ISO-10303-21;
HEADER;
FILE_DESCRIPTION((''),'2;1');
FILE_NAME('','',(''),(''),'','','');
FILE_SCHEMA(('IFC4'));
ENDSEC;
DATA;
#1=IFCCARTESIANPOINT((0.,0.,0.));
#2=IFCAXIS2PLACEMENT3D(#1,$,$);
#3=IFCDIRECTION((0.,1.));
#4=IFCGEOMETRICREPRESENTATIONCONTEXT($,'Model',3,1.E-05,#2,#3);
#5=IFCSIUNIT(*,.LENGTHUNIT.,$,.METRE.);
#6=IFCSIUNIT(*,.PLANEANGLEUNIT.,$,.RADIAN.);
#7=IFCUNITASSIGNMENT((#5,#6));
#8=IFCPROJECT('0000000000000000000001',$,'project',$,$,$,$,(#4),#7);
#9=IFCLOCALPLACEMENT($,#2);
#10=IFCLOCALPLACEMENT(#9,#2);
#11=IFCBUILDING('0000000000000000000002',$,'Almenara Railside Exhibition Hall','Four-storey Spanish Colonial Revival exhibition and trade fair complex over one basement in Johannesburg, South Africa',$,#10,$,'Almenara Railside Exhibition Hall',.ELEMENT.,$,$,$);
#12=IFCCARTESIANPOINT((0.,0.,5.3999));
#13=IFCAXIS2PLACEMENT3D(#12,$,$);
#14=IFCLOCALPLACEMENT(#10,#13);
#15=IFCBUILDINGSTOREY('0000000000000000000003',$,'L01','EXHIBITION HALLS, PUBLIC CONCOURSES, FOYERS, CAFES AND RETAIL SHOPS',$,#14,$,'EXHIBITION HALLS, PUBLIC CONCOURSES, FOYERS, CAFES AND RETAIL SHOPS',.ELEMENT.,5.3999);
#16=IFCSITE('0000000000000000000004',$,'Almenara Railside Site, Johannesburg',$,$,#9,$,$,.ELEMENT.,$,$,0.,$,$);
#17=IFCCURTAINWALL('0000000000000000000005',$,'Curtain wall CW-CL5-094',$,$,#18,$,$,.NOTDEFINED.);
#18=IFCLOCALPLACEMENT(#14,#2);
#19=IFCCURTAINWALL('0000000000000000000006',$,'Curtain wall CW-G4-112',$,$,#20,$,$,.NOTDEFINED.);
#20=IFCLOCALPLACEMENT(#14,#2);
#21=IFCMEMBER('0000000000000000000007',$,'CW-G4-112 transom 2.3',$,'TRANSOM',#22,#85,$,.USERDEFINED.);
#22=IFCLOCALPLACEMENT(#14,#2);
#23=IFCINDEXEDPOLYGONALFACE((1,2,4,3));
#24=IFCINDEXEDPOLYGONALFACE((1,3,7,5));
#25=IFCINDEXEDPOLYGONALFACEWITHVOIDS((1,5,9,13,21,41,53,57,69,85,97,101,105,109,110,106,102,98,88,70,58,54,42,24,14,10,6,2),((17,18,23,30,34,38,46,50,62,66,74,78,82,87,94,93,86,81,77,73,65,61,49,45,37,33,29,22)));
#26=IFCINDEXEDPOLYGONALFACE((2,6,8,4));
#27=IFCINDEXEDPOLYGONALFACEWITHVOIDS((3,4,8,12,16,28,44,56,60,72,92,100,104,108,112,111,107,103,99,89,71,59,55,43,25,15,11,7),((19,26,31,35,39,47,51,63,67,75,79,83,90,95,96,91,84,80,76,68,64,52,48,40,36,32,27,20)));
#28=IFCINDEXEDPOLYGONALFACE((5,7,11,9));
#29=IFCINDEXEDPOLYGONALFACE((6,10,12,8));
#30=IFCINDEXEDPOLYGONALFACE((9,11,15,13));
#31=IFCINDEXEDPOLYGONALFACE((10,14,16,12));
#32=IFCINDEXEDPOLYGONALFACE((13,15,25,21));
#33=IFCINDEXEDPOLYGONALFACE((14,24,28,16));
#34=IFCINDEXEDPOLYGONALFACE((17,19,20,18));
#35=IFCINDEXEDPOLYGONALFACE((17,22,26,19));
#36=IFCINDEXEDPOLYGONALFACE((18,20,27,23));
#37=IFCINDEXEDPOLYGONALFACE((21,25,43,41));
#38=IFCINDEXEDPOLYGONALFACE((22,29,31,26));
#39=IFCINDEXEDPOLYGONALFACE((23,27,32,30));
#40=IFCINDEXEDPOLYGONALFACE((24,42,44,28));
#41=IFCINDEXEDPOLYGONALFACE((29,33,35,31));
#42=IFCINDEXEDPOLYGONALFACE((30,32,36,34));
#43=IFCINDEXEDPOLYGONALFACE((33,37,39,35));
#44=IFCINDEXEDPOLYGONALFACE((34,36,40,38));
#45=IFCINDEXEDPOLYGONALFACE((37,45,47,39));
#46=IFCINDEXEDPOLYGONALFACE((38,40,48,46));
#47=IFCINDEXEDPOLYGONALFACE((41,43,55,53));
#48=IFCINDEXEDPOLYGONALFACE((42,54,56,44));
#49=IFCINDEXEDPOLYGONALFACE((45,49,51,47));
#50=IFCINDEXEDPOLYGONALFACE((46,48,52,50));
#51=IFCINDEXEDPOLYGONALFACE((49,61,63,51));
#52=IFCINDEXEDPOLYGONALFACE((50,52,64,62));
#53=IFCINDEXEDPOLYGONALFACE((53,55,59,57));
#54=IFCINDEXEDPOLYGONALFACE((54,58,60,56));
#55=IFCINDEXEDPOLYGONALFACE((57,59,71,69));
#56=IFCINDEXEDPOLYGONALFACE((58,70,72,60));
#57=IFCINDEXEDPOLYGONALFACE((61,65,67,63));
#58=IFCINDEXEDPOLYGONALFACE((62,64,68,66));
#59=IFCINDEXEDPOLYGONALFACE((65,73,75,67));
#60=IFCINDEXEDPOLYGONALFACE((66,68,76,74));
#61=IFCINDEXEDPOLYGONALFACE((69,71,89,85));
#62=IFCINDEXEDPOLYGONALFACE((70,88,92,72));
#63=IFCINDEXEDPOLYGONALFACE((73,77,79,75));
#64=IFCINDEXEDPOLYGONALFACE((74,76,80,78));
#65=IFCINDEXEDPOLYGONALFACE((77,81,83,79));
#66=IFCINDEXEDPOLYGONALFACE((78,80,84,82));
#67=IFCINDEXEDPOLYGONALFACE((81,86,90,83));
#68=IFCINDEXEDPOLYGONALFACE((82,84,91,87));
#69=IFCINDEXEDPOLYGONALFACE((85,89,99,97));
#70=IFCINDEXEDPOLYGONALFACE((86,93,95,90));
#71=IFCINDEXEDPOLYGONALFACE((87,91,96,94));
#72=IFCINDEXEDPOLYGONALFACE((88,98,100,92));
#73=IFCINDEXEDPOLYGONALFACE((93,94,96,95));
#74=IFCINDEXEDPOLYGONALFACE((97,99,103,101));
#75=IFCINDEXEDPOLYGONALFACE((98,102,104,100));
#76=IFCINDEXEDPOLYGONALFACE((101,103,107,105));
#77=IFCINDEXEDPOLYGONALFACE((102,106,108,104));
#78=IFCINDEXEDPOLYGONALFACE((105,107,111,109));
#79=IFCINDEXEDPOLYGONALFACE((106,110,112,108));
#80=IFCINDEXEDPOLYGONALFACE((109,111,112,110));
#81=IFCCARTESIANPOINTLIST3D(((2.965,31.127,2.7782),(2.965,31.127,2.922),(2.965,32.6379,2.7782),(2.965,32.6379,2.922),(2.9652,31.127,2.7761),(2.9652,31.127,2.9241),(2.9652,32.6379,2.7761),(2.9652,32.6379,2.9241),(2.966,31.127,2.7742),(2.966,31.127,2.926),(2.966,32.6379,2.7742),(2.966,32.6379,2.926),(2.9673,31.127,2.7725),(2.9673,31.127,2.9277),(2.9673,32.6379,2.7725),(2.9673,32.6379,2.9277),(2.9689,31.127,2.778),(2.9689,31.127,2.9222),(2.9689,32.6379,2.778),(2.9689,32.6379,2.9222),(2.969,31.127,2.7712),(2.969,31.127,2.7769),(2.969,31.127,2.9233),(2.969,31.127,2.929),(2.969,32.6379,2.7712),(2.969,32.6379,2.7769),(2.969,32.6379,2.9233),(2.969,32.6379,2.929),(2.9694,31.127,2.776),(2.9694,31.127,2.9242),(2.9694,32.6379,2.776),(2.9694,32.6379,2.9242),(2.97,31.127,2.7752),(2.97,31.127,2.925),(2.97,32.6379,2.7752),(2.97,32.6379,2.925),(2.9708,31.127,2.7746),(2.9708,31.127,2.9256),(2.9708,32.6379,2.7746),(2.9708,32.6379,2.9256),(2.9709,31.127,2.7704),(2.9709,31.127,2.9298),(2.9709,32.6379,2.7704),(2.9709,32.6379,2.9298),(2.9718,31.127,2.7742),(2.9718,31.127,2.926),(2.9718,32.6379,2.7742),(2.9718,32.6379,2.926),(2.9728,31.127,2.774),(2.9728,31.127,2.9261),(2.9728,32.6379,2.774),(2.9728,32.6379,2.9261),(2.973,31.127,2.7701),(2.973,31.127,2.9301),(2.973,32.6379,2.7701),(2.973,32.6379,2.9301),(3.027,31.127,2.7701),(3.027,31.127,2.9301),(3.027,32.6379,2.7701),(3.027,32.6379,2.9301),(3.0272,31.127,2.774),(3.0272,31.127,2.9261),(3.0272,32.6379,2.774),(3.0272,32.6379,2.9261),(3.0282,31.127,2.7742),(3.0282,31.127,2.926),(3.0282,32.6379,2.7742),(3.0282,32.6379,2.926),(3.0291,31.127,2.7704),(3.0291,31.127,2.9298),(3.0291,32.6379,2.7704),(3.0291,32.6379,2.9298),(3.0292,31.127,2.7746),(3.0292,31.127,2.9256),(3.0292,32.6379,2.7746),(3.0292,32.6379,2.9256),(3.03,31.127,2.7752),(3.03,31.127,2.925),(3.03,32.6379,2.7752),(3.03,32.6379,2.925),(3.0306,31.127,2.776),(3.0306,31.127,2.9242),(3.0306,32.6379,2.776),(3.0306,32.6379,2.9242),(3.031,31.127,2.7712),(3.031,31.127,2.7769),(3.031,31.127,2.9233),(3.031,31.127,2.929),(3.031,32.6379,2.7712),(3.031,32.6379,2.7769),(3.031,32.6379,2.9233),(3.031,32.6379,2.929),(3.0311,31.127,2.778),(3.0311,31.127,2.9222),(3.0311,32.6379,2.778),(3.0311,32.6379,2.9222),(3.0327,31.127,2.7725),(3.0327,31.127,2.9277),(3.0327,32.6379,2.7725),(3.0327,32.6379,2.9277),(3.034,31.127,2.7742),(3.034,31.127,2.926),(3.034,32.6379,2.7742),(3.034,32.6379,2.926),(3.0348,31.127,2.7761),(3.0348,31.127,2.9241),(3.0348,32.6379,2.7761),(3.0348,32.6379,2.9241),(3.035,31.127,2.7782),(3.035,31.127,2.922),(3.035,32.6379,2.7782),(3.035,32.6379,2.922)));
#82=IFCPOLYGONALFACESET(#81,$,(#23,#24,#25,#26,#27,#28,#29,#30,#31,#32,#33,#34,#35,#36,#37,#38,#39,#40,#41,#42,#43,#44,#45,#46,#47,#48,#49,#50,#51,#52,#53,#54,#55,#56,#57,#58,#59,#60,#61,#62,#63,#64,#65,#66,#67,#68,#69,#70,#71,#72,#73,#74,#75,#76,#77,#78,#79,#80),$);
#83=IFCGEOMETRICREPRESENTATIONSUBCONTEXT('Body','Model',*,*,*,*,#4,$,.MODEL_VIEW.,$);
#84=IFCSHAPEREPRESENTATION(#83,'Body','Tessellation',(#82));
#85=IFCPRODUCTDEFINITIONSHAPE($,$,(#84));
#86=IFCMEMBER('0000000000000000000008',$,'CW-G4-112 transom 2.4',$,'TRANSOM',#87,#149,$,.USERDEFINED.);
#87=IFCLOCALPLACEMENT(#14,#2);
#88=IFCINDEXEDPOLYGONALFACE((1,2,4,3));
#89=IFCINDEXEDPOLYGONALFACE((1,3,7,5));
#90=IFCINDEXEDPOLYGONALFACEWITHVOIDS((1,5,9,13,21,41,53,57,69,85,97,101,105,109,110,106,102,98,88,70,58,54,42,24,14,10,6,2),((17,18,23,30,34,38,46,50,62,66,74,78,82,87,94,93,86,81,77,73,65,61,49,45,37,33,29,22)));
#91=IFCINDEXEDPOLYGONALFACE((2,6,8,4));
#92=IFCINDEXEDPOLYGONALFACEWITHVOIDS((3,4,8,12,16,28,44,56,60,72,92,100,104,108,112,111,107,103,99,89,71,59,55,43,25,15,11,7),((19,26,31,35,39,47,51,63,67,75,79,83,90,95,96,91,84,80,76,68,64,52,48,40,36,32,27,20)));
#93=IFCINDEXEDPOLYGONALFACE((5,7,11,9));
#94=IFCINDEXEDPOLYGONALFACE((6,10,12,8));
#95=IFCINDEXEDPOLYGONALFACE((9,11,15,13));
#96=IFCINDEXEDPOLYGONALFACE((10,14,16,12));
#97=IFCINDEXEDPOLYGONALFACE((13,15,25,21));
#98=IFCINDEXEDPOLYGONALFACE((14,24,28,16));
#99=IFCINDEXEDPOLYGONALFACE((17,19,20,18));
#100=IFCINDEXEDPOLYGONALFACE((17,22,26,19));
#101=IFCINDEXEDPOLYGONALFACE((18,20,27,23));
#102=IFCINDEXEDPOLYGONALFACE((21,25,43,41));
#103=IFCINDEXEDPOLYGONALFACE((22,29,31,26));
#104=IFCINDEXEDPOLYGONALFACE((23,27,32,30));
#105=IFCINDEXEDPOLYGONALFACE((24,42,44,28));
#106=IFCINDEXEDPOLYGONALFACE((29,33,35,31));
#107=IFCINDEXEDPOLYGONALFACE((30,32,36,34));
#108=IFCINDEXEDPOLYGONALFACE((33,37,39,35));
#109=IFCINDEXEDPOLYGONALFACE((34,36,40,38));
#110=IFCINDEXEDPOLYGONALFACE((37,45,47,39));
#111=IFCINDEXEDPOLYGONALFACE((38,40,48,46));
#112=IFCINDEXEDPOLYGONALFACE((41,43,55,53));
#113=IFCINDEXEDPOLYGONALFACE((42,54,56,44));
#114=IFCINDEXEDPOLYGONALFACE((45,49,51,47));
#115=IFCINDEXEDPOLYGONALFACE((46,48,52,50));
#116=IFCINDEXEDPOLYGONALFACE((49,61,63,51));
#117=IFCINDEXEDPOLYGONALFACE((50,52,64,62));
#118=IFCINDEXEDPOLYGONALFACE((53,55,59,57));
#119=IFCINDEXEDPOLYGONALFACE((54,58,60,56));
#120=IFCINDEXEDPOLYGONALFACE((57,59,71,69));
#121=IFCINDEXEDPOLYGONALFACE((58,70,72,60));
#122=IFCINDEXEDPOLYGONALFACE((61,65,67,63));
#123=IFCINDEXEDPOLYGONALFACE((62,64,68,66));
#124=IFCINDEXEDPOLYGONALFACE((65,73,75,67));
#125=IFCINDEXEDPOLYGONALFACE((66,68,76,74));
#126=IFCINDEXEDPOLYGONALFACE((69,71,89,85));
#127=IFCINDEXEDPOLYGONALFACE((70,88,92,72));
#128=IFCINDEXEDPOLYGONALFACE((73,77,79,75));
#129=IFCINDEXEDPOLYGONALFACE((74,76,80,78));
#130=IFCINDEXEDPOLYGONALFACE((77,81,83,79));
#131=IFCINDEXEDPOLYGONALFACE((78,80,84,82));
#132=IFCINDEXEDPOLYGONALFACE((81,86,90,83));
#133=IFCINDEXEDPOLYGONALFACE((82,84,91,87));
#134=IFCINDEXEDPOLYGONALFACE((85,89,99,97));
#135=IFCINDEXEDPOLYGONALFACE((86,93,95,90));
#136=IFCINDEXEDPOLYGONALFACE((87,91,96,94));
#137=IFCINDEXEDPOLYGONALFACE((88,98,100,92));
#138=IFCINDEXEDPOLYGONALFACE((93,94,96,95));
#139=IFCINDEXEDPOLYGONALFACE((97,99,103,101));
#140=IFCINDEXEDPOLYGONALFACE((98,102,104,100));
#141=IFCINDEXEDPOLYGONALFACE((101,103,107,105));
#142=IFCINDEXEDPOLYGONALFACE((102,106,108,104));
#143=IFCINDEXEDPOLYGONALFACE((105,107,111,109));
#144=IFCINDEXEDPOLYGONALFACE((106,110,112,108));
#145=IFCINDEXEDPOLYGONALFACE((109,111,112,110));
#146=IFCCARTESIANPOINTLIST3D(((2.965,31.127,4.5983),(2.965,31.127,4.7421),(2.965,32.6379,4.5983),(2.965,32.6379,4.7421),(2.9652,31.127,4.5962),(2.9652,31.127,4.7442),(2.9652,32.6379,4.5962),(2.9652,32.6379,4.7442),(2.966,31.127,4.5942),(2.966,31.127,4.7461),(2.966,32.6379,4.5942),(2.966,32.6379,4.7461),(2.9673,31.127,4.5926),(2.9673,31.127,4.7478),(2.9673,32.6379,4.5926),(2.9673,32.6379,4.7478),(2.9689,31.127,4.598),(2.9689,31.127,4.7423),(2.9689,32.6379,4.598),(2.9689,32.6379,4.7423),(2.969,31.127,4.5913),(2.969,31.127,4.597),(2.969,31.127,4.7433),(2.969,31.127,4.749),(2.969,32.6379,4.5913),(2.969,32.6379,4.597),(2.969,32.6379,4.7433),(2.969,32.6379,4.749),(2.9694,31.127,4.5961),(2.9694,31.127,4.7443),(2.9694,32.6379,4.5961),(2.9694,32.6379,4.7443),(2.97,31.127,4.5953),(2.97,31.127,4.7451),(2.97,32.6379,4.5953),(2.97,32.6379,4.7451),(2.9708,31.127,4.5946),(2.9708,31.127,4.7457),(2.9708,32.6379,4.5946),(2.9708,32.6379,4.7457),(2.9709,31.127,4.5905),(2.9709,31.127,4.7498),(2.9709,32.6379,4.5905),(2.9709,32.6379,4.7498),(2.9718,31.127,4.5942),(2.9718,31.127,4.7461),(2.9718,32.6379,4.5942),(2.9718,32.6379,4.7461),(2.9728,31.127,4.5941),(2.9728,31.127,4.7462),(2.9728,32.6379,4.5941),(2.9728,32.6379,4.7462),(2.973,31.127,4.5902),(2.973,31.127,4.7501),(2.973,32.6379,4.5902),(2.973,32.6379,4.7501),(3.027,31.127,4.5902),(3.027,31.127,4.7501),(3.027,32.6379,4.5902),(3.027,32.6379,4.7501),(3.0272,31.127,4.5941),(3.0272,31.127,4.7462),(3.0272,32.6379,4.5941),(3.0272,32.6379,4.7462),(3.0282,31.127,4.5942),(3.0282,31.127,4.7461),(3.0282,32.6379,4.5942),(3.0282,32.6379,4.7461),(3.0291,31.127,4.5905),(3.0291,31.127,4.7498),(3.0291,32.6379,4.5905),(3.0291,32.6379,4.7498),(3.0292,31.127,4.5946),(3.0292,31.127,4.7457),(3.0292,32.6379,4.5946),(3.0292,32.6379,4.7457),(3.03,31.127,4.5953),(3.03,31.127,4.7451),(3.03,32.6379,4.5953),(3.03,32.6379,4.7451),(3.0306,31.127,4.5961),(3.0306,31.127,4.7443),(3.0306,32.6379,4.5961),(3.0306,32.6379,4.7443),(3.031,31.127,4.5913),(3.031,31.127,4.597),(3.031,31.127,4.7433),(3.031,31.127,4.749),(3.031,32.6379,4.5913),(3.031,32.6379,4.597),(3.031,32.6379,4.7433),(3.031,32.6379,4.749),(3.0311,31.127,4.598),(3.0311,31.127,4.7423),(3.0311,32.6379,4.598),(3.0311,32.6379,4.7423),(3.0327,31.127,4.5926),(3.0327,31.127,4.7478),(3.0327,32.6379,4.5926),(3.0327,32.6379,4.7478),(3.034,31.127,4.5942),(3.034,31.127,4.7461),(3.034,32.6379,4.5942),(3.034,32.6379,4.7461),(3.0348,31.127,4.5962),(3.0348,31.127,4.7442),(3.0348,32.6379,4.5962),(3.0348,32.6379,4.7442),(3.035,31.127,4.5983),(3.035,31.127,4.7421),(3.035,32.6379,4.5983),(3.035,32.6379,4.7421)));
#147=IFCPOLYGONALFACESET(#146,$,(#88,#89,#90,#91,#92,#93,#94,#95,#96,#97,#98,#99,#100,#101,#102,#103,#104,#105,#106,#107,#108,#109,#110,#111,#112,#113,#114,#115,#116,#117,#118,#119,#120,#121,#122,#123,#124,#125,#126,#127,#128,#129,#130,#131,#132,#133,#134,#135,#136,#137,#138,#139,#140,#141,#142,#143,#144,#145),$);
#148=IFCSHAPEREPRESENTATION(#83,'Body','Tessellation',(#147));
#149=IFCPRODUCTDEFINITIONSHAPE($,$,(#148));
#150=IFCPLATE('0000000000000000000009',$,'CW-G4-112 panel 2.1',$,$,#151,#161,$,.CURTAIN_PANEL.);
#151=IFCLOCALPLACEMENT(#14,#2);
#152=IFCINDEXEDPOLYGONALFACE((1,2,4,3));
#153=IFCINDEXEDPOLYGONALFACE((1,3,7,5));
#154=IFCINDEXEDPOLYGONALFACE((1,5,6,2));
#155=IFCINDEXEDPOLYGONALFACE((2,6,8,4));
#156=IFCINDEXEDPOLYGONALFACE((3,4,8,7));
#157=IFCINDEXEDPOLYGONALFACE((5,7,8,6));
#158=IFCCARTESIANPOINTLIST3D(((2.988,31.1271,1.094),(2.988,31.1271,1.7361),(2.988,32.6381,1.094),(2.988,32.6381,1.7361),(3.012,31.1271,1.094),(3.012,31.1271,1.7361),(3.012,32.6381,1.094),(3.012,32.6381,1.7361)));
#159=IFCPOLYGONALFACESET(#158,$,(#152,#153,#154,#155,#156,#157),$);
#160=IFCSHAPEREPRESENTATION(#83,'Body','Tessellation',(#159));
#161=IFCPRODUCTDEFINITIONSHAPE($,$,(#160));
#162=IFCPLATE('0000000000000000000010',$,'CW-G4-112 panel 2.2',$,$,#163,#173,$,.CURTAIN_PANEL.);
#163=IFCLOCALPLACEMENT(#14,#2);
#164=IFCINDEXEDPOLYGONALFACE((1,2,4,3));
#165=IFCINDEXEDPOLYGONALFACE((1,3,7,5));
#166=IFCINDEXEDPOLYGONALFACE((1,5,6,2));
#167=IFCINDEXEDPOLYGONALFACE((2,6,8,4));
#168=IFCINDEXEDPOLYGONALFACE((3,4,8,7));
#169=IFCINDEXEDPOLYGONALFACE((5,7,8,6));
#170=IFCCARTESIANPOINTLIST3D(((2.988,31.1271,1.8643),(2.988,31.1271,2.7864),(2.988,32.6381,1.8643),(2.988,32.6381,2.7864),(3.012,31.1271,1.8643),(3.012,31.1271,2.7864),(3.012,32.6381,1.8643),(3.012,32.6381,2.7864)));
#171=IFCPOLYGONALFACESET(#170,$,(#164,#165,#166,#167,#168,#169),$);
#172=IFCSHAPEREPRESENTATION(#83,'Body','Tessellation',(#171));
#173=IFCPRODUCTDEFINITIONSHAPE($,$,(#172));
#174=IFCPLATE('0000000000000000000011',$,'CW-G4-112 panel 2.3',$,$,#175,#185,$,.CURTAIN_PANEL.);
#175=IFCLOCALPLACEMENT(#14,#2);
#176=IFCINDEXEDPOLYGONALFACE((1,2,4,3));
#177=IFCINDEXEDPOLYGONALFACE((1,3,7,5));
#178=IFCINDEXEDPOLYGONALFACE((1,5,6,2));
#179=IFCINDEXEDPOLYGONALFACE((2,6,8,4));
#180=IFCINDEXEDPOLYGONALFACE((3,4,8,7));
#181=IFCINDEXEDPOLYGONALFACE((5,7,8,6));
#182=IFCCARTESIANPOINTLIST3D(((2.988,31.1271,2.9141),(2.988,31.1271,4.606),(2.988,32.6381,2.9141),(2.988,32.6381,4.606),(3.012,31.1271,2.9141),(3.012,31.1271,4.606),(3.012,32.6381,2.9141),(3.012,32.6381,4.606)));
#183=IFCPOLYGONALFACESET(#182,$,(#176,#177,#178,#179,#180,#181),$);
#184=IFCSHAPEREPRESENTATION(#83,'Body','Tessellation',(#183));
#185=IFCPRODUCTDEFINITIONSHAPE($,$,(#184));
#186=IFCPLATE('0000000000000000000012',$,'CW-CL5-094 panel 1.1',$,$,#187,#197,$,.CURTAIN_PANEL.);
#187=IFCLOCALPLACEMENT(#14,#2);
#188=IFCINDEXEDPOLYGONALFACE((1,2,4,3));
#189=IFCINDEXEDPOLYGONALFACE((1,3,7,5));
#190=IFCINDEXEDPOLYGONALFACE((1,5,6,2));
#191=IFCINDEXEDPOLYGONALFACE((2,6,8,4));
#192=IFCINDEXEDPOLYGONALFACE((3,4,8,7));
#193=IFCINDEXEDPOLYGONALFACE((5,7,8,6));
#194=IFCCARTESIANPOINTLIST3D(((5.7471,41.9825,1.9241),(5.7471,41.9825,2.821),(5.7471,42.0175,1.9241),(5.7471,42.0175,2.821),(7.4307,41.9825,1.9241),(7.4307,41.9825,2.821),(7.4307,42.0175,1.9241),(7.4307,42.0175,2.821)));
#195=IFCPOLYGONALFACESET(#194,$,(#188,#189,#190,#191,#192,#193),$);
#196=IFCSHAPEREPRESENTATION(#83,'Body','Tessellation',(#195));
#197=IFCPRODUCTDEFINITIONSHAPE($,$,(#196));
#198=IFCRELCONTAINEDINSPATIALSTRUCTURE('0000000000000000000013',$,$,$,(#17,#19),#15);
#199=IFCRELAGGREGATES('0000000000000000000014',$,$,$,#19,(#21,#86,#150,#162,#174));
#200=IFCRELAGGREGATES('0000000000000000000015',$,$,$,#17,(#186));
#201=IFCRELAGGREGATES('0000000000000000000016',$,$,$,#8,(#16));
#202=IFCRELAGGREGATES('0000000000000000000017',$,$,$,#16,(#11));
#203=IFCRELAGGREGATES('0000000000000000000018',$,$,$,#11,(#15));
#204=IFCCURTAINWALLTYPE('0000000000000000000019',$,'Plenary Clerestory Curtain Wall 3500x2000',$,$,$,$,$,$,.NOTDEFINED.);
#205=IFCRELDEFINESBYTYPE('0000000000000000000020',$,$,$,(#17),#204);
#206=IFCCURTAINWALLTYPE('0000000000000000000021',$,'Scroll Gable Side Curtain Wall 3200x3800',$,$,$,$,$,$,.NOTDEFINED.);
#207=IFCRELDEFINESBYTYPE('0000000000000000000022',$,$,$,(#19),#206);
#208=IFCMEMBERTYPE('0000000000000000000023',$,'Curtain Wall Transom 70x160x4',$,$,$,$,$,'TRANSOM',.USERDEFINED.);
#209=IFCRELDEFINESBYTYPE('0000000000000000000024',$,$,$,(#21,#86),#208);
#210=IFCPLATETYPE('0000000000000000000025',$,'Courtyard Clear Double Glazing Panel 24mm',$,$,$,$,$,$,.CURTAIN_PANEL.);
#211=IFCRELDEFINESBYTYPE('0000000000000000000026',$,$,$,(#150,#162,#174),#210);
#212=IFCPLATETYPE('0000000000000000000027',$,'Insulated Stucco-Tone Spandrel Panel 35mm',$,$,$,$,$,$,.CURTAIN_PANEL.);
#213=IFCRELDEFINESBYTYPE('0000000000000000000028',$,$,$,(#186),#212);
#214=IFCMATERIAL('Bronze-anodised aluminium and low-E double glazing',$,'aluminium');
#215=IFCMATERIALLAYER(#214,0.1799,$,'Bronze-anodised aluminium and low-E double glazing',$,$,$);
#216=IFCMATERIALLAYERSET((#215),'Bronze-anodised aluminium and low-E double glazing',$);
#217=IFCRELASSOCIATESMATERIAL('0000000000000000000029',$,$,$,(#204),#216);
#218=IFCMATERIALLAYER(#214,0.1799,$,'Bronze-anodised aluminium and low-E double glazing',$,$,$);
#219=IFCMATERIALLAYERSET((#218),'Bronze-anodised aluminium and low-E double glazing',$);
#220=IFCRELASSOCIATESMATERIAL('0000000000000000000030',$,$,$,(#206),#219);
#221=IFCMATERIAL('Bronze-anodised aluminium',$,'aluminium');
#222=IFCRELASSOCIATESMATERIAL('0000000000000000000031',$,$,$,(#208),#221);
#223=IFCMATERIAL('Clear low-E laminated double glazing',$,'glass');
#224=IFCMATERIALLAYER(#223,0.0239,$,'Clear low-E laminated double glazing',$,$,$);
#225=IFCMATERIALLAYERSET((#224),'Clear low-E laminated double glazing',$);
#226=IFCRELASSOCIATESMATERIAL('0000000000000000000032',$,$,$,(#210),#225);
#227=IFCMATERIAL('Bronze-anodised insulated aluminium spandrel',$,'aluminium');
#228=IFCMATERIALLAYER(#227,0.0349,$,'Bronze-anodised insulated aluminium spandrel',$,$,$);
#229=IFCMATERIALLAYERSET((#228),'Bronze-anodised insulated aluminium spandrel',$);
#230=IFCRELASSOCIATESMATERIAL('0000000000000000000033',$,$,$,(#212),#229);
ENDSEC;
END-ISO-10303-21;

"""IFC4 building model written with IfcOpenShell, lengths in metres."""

from ifc_helpers import new_model, si_unit, direction, frame, origin, origin_2d, place, context, subcontext, project, spatial, rectangle, hollow_rectangle, extrude, material, layer, layer_set, material_profile, profile_set, type_object, element, aggregate, save


model = new_model("IFC4")

# Units and contexts
model_context = context("Model", 3, precision=1e-05, world=origin(), true_north=direction((0.0, 1.0)))
body_context = subcontext(model_context, "Body", "Model", "MODEL_VIEW")
ifc_project = project(units=[si_unit("LENGTHUNIT", "METRE"), si_unit("PLANEANGLEUNIT", "RADIAN")], contexts=[model_context])

# Site, building, storey
site_placement = place(None, origin())
site = spatial("IfcSite", under=ifc_project, at=site_placement, Name="Almenara Railside Site, Johannesburg", CompositionType="ELEMENT", RefElevation=0.0)
building_placement = place(site_placement, origin())
building = spatial("IfcBuilding", under=site, at=building_placement, Name="Almenara Railside Exhibition Hall", Description="Four-storey Spanish Colonial Revival exhibition and trade fair complex over one basement in Johannesburg, South Africa", LongName="Almenara Railside Exhibition Hall", CompositionType="ELEMENT")
storey_placement = place(building_placement, frame((0.0, 0.0, 5.3999)))
storey = spatial("IfcBuildingStorey", under=building, at=storey_placement, Name="L01", Description="EXHIBITION HALLS, PUBLIC CONCOURSES, FOYERS, CAFES AND RETAIL SHOPS", LongName="EXHIBITION HALLS, PUBLIC CONCOURSES, FOYERS, CAFES AND RETAIL SHOPS", CompositionType="ELEMENT", Elevation=5.3999)

# Curtain wall
ifc_material_1 = material(Name="Bronze-anodised aluminium and low-E double glazing", Category="aluminium")
ifc_layer_1 = layer(ifc_material_1, 0.1799, Name="Bronze-anodised aluminium and low-E double glazing")
ifc_layer_set_1 = layer_set([ifc_layer_1], Name="Bronze-anodised aluminium and low-E double glazing")
curtain_wall_type_1 = type_object("IfcCurtainWallType", Name="Plenary Clerestory Curtain Wall 3500x2000", PredefinedType="NOTDEFINED", material=ifc_layer_set_1)
curtain_wall_1_placement = place(storey_placement, origin())
curtain_wall_1 = element("IfcCurtainWall", 1, at=curtain_wall_1_placement, inside=storey, type_object=curtain_wall_type_1, Name="Curtain wall CW-CL5-094", PredefinedType="NOTDEFINED")
ifc_material_2 = material(Name="Bronze-anodised aluminium", Category="aluminium")

# Curtain wall
ifc_layer_2 = layer(ifc_material_1, 0.1799, Name="Bronze-anodised aluminium and low-E double glazing")
ifc_layer_set_2 = layer_set([ifc_layer_2], Name="Bronze-anodised aluminium and low-E double glazing")
curtain_wall_type_2 = type_object("IfcCurtainWallType", Name="Scroll Gable Side Curtain Wall 3200x3800", PredefinedType="NOTDEFINED", material=ifc_layer_set_2)
curtain_wall_2_placement = place(storey_placement, origin())
curtain_wall_2 = element("IfcCurtainWall", 2, at=curtain_wall_2_placement, inside=storey, type_object=curtain_wall_type_2, Name="Curtain wall CW-G4-112", PredefinedType="NOTDEFINED")

# Members
ifc_material_profile_1 = material_profile(ifc_material_2, hollow_rectangle(XDim=0.0701, YDim=0.1599, WallThickness=0.0039, InnerFilletRadius=0.0039, OuterFilletRadius=0.0081, at=origin_2d()), Name="ALU-TRN 70x160x4")
ifc_profile_set_1 = profile_set([ifc_material_profile_1], Name="Bronze-anodised aluminium")
member_type_1 = type_object("IfcMemberType", Name="Curtain Wall Transom 70x160x4", ElementType="TRANSOM", PredefinedType="USERDEFINED", material=ifc_profile_set_1)
member_1_placement = place(storey_placement, frame((3.0, 31.127, 2.8501), z_axis=(0.0, 1.0, 0.0), x_axis=(-1.0, 0.0, 0.0)))
member_1 = element("IfcMember", 3, at=member_1_placement, type_object=member_type_1, Name="CW-G4-112 transom 2.3", ObjectType="TRANSOM", PredefinedType="USERDEFINED", context=body_context, shape_type="SweptSolid", body=[
    extrude(hollow_rectangle(XDim=0.0701, YDim=0.1599, WallThickness=0.0039, InnerFilletRadius=0.0039, OuterFilletRadius=0.0081, at=origin_2d()), origin(), (0.0, 0.0, 1.0), 1.511),
])
member_2_placement = place(storey_placement, frame((3.0, 31.127, 4.6702), z_axis=(0.0, 1.0, 0.0), x_axis=(-1.0, 0.0, 0.0)))
member_2 = element("IfcMember", 4, at=member_2_placement, type_object=member_type_1, Name="CW-G4-112 transom 2.4", ObjectType="TRANSOM", PredefinedType="USERDEFINED", context=body_context, shape_type="SweptSolid", body=[
    extrude(hollow_rectangle(XDim=0.0701, YDim=0.1599, WallThickness=0.0039, InnerFilletRadius=0.0039, OuterFilletRadius=0.0081, at=origin_2d()), origin(), (0.0, 0.0, 1.0), 1.511),
])

# Plates
ifc_material_3 = material(Name="Clear low-E laminated double glazing", Category="glass")
ifc_layer_3 = layer(ifc_material_3, 0.0239, Name="Clear low-E laminated double glazing")
ifc_layer_set_3 = layer_set([ifc_layer_3], Name="Clear low-E laminated double glazing")
plate_type_1 = type_object("IfcPlateType", Name="Courtyard Clear Double Glazing Panel 24mm", PredefinedType="CURTAIN_PANEL", material=ifc_layer_set_3)
plate_1_placement = place(storey_placement, frame((3.0, 31.8826, 1.094), z_axis=(0.0, 0.0, 1.0), x_axis=(0.0, 1.0, 0.0)))
plate_1 = element("IfcPlate", 5, at=plate_1_placement, type_object=plate_type_1, Name="CW-G4-112 panel 2.1", PredefinedType="CURTAIN_PANEL", context=body_context, shape_type="SweptSolid", body=[
    extrude(rectangle(XDim=1.511, YDim=0.0239, at=origin_2d()), origin(), (0.0, 0.0, 1.0), 0.6421),
])
plate_2_placement = place(storey_placement, frame((3.0, 31.8826, 1.8643), z_axis=(0.0, 0.0, 1.0), x_axis=(0.0, 1.0, 0.0)))
plate_2 = element("IfcPlate", 6, at=plate_2_placement, type_object=plate_type_1, Name="CW-G4-112 panel 2.2", PredefinedType="CURTAIN_PANEL", context=body_context, shape_type="SweptSolid", body=[
    extrude(rectangle(XDim=1.511, YDim=0.0239, at=origin_2d()), origin(), (0.0, 0.0, 1.0), 0.9221),
])
plate_3_placement = place(storey_placement, frame((3.0, 31.8826, 2.9141), z_axis=(0.0, 0.0, 1.0), x_axis=(0.0, 1.0, 0.0)))
plate_3 = element("IfcPlate", 7, at=plate_3_placement, type_object=plate_type_1, Name="CW-G4-112 panel 2.3", PredefinedType="CURTAIN_PANEL", context=body_context, shape_type="SweptSolid", body=[
    extrude(rectangle(XDim=1.511, YDim=0.0239, at=origin_2d()), origin(), (0.0, 0.0, 1.0), 1.6919),
])
aggregate(curtain_wall_2, [member_1, member_2, plate_1, plate_2, plate_3])
ifc_material_4 = material(Name="Bronze-anodised insulated aluminium spandrel", Category="aluminium")
ifc_layer_4 = layer(ifc_material_4, 0.0349, Name="Bronze-anodised insulated aluminium spandrel")
ifc_layer_set_4 = layer_set([ifc_layer_4], Name="Bronze-anodised insulated aluminium spandrel")
plate_type_2 = type_object("IfcPlateType", Name="Insulated Stucco-Tone Spandrel Panel 35mm", PredefinedType="CURTAIN_PANEL", material=ifc_layer_set_4)
plate_4_placement = place(storey_placement, frame((6.5889, 42.0, 1.9241), z_axis=(0.0, 0.0, 1.0), x_axis=(1.0, 0.0, 0.0)))
plate_4 = element("IfcPlate", 8, at=plate_4_placement, type_object=plate_type_2, Name="CW-CL5-094 panel 1.1", PredefinedType="CURTAIN_PANEL", context=body_context, shape_type="SweptSolid", body=[
    extrude(rectangle(XDim=1.6836, YDim=0.0349, at=origin_2d()), origin(), (0.0, 0.0, 1.0), 0.897),
])
aggregate(curtain_wall_1, [plate_4])

save(model, "model.ifc")
